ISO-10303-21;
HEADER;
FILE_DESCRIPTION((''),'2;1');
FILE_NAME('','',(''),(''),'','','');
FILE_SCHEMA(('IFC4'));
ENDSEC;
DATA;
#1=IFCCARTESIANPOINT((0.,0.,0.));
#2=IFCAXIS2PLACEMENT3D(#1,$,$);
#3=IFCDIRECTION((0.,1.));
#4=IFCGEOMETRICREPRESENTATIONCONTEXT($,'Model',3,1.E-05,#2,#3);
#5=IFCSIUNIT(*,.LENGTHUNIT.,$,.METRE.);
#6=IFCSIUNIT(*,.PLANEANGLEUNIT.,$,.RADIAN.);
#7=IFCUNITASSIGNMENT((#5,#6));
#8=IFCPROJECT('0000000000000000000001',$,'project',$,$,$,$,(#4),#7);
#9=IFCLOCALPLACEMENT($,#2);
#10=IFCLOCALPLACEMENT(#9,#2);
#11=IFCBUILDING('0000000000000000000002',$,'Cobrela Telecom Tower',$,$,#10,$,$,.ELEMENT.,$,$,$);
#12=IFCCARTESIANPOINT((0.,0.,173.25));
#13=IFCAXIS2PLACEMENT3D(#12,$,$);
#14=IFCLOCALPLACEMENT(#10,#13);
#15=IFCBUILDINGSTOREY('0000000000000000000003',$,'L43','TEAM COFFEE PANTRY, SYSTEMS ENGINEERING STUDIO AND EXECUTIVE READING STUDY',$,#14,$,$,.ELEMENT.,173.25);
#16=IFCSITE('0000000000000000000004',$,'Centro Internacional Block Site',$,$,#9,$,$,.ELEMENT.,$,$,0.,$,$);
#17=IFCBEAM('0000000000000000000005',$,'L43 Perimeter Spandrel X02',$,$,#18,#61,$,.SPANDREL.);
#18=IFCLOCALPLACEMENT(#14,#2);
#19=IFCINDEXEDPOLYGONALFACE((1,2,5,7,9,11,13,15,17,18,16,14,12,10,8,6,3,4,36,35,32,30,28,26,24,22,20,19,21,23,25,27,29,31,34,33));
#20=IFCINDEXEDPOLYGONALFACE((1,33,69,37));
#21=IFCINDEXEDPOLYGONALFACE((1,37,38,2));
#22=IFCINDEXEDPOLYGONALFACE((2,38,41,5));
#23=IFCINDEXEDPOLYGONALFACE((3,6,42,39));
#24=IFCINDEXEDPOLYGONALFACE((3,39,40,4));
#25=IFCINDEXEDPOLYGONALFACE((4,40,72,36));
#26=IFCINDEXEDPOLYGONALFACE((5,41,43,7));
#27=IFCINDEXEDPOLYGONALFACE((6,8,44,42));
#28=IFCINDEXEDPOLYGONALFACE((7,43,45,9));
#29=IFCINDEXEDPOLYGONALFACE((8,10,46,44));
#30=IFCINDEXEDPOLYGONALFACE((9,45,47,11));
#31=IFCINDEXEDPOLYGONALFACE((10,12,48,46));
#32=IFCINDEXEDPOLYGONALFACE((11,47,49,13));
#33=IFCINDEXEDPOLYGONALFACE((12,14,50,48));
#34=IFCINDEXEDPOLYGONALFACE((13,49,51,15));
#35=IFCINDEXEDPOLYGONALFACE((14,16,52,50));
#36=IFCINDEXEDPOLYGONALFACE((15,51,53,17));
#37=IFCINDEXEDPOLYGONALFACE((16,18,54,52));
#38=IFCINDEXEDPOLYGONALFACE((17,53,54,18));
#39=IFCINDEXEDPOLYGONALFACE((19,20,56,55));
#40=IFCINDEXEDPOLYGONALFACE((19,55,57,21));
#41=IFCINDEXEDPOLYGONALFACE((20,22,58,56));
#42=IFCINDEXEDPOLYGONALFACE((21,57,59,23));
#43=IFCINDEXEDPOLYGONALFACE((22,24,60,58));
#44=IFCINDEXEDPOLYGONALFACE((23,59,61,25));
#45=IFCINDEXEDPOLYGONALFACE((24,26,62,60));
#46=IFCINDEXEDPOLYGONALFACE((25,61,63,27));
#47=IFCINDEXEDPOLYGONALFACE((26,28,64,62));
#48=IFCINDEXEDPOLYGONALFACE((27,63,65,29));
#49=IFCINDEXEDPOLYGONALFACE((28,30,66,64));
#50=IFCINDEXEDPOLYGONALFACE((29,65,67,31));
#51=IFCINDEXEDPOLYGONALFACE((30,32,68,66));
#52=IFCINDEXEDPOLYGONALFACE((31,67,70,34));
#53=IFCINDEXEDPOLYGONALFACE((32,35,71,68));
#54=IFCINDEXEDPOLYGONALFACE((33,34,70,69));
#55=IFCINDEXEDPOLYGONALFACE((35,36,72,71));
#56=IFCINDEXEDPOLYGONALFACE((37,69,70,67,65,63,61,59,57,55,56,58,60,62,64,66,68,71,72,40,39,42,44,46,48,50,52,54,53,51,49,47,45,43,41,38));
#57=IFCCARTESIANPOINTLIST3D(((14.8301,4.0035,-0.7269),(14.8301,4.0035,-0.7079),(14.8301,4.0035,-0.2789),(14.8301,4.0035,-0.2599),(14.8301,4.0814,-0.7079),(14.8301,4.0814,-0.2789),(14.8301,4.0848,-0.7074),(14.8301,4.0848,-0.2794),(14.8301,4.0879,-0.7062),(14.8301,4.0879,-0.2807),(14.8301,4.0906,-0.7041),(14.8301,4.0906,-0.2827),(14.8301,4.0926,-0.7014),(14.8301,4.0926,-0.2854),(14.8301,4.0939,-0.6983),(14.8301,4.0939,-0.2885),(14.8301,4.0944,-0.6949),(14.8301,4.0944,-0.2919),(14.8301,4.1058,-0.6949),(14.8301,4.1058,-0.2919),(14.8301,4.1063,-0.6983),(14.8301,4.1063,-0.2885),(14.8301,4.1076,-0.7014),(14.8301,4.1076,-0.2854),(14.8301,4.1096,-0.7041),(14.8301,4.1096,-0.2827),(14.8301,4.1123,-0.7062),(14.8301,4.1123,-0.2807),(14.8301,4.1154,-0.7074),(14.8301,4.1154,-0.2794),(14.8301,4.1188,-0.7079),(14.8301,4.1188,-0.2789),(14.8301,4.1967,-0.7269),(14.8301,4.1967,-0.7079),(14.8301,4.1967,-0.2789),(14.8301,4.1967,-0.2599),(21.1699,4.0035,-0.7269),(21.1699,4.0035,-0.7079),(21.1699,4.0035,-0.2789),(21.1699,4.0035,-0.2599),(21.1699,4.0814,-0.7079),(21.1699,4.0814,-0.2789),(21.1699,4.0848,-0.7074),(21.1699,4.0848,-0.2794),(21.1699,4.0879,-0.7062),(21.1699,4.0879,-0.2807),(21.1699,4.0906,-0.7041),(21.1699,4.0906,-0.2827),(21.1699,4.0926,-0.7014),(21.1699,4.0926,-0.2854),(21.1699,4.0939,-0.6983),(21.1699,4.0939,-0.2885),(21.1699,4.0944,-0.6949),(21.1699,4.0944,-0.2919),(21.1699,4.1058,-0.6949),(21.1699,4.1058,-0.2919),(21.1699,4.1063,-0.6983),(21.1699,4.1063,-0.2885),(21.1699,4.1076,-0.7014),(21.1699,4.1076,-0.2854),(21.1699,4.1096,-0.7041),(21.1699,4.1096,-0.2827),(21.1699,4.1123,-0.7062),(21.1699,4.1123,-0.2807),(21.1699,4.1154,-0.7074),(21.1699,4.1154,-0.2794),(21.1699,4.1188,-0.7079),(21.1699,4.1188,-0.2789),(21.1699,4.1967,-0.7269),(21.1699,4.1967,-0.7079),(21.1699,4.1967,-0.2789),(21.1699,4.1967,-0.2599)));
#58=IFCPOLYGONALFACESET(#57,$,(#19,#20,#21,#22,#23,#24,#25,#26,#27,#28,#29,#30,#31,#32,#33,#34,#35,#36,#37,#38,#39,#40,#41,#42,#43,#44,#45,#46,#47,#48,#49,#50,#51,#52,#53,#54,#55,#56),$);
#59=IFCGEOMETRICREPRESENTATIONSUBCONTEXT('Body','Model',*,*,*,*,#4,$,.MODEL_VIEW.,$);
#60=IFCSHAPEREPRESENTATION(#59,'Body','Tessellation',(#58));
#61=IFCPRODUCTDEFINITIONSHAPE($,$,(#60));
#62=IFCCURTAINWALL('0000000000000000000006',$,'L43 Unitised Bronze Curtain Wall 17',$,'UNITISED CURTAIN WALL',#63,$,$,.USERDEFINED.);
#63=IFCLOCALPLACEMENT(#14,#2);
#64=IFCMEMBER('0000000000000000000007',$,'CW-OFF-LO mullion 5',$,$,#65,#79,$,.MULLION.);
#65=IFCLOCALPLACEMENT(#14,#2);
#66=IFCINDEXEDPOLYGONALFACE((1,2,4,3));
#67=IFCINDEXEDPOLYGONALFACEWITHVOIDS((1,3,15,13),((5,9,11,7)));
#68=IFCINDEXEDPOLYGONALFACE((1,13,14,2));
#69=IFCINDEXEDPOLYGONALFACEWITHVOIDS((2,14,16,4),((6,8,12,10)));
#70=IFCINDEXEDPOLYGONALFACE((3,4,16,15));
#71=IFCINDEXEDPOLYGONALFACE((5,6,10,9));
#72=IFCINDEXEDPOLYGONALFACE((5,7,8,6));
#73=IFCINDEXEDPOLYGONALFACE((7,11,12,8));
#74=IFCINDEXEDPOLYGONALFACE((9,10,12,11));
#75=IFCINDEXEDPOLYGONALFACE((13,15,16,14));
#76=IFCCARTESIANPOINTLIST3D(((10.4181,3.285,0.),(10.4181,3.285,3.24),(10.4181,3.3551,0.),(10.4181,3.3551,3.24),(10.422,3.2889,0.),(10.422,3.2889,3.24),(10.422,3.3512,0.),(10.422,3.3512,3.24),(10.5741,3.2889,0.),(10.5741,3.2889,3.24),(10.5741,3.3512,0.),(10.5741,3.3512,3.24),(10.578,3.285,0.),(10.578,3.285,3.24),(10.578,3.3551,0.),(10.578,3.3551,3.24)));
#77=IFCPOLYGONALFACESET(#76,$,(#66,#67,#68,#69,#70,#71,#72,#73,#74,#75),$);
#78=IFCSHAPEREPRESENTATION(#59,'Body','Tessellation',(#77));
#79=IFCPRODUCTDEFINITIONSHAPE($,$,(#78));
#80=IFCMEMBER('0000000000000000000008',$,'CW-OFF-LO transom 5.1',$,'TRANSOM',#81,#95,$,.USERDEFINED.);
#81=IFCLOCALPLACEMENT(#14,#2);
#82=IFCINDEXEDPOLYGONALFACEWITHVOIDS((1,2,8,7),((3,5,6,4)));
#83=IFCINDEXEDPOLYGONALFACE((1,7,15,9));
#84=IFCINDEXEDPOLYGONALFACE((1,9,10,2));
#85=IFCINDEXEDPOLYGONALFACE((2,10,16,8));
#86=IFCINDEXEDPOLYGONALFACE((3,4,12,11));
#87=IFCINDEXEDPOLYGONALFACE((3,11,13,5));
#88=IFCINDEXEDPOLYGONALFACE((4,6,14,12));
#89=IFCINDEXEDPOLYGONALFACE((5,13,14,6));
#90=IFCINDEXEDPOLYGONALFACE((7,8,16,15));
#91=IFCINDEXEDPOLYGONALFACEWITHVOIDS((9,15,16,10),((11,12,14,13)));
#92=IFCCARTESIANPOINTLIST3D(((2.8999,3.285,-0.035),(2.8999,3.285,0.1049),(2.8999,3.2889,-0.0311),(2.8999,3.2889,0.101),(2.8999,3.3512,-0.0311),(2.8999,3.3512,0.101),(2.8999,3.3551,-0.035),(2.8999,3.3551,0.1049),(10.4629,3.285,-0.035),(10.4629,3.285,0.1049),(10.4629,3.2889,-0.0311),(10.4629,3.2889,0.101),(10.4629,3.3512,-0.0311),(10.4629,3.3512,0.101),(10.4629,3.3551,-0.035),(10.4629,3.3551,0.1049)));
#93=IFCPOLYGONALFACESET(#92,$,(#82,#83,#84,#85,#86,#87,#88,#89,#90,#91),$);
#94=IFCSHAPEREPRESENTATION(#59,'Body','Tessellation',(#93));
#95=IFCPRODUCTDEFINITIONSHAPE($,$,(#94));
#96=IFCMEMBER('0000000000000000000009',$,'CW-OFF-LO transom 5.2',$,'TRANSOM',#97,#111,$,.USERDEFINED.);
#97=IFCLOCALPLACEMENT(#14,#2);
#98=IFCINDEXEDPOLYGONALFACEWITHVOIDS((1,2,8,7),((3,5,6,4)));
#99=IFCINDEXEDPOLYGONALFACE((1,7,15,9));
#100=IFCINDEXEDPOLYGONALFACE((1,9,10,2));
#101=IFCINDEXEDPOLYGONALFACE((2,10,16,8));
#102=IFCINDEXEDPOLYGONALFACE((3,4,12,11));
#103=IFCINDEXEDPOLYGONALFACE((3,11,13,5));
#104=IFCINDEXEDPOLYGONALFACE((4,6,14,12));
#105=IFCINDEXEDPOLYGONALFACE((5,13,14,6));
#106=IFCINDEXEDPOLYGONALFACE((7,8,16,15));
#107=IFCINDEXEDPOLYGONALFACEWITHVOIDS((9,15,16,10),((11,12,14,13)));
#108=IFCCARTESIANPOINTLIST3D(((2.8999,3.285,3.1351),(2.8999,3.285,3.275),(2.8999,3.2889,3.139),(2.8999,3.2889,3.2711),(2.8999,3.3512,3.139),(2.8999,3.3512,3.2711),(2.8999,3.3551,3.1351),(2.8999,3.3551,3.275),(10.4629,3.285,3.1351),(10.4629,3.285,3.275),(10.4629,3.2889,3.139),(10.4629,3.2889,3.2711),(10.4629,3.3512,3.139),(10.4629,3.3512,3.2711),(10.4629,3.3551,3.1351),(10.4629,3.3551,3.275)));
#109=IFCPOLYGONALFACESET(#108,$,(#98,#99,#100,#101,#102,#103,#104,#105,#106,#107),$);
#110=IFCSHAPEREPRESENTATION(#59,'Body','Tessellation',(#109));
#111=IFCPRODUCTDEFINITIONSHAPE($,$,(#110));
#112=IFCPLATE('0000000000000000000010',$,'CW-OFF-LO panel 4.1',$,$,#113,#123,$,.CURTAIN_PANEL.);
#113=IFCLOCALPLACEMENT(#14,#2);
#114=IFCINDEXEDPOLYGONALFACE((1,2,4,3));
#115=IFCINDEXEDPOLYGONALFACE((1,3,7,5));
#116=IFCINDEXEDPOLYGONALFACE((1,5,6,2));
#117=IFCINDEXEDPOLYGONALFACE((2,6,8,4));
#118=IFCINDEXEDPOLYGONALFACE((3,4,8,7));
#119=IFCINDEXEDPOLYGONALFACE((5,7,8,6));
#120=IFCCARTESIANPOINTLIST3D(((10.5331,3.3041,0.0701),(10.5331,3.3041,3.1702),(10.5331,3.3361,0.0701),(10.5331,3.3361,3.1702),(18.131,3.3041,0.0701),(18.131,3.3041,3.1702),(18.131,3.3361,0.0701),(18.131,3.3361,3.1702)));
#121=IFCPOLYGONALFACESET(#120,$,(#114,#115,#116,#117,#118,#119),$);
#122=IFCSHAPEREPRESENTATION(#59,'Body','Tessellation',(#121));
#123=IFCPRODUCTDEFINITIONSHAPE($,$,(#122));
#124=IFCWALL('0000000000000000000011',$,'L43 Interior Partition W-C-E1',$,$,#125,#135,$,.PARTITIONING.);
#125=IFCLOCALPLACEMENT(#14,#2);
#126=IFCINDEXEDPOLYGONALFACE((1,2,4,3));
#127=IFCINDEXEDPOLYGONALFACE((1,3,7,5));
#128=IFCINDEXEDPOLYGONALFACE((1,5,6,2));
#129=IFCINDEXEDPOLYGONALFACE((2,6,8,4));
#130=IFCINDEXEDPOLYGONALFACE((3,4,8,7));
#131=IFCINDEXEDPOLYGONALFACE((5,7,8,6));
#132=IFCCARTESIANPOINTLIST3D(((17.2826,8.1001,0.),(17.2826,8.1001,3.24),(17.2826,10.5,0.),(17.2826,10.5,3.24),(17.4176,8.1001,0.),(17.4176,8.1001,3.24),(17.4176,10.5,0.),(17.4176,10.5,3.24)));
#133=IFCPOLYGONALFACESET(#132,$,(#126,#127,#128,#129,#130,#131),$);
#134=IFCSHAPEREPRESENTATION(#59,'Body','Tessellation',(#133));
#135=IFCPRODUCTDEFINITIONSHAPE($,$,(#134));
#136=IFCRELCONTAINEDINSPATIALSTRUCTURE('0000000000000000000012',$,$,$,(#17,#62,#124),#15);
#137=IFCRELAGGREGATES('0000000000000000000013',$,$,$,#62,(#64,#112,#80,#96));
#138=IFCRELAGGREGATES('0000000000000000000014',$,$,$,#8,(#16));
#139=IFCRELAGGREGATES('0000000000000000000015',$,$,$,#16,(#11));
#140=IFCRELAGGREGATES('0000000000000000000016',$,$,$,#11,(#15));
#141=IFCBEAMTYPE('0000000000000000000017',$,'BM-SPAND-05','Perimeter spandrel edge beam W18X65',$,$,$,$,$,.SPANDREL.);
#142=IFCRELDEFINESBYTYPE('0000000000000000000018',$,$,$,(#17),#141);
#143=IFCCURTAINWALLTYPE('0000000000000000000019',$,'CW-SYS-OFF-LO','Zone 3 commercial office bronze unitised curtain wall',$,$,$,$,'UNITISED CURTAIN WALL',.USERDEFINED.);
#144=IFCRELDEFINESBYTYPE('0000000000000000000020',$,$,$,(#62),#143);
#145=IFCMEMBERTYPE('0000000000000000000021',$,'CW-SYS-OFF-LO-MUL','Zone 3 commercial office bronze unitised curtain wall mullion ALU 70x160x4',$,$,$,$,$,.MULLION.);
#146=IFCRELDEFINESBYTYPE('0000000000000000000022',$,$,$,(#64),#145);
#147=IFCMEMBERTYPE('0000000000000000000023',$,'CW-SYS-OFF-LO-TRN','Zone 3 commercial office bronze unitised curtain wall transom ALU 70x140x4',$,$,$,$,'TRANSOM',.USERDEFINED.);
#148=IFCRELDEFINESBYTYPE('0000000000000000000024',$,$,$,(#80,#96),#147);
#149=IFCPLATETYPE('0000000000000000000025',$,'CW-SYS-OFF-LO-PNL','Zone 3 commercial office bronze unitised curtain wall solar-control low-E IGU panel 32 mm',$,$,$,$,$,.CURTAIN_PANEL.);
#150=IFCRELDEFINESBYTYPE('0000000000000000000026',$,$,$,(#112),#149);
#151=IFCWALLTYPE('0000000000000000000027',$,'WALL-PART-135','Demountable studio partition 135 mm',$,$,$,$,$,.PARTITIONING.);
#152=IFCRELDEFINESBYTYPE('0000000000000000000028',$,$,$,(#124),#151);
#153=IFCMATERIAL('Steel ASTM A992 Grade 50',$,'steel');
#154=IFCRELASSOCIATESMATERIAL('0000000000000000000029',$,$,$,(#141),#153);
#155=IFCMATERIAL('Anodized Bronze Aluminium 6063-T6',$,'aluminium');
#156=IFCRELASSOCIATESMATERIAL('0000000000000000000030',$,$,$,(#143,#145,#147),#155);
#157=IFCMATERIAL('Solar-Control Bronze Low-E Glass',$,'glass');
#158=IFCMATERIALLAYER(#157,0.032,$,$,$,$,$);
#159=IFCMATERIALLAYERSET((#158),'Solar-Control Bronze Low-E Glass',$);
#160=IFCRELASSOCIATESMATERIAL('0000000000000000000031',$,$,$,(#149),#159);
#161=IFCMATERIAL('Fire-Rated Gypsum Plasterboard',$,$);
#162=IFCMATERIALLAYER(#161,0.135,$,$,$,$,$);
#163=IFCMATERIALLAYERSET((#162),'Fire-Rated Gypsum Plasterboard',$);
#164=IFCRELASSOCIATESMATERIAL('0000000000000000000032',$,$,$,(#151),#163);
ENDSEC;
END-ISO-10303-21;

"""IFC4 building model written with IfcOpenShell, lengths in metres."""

from ifc_helpers import new_model, si_unit, direction, frame, frame_2d, origin, origin_2d, place, context, subcontext, project, spatial, rectangle, hollow_rectangle, i_section, extrude, material, layer, layer_set, material_profile, profile_set, type_object, element, aggregate, save


model = new_model("IFC4")

# Units and contexts
model_context = context("Model", 3, precision=1e-05, world=origin(), true_north=direction((0.0, 1.0)))
body_context = subcontext(model_context, "Body", "Model", "MODEL_VIEW")
ifc_project = project(units=[si_unit("LENGTHUNIT", "METRE"), si_unit("PLANEANGLEUNIT", "RADIAN")], contexts=[model_context])

# Site, building, storey
site_placement = place(None, origin())
site = spatial("IfcSite", under=ifc_project, at=site_placement, Name="Centro Internacional Block Site", CompositionType="ELEMENT", RefElevation=0.0)
building_placement = place(site_placement, origin())
building = spatial("IfcBuilding", under=site, at=building_placement, Name="Cobrela Telecom Tower", CompositionType="ELEMENT")
storey_placement = place(building_placement, frame((0.0, 0.0, 173.25)))
storey = spatial("IfcBuildingStorey", under=building, at=storey_placement, Name="L43", Description="TEAM COFFEE PANTRY, SYSTEMS ENGINEERING STUDIO AND EXECUTIVE READING STUDY", CompositionType="ELEMENT", Elevation=173.25)

# Beam
ifc_material_1 = material(Name="Steel ASTM A992 Grade 50", Category="steel")
ifc_material_profile_1 = material_profile(ifc_material_1, i_section(OverallWidth=0.1931, OverallDepth=0.467, WebThickness=0.0115, FlangeThickness=0.019, FilletRadius=0.0129, at=origin_2d()), Name="W18X65")
ifc_profile_set_1 = profile_set([ifc_material_profile_1], Name="Steel ASTM A992 Grade 50")
beam_type_1 = type_object("IfcBeamType", Name="BM-SPAND-05", Description="Perimeter spandrel edge beam W18X65", PredefinedType="SPANDREL", material=ifc_profile_set_1)
beam_1_placement = place(storey_placement, frame((14.8301, 4.1001, -0.4934), z_axis=(1.0, 0.0, 0.0), x_axis=(0.0, 1.0, 0.0)))
element("IfcBeam", 1, at=beam_1_placement, inside=storey, type_object=beam_type_1, Name="L43 Perimeter Spandrel X02", PredefinedType="SPANDREL", context=body_context, shape_type="SweptSolid", body=[
    extrude(i_section(OverallWidth=0.1931, OverallDepth=0.467, WebThickness=0.0115, FlangeThickness=0.019, FilletRadius=0.0129, at=origin_2d()), origin(), (0.0, 0.0, 1.0), 6.3398),
])

# Curtain wall, members, plate
ifc_material_2 = material(Name="Anodized Bronze Aluminium 6063-T6", Category="aluminium")
curtain_wall_type = type_object("IfcCurtainWallType", Name="CW-SYS-OFF-LO", Description="Zone 3 commercial office bronze unitised curtain wall", ElementType="UNITISED CURTAIN WALL", PredefinedType="USERDEFINED", material=ifc_material_2)
curtain_wall_placement = place(storey_placement, origin())
curtain_wall = element("IfcCurtainWall", 2, at=curtain_wall_placement, inside=storey, type_object=curtain_wall_type, Name="L43 Unitised Bronze Curtain Wall 17", ObjectType="UNITISED CURTAIN WALL", PredefinedType="USERDEFINED")
ifc_material_profile_2 = material_profile(ifc_material_2, hollow_rectangle(XDim=0.0701, YDim=0.1599, WallThickness=0.0039, at=origin_2d()), Name="ALU 70x160x4")
ifc_profile_set_2 = profile_set([ifc_material_profile_2], Name="Anodized Bronze Aluminium 6063-T6")
member_type_1 = type_object("IfcMemberType", Name="CW-SYS-OFF-LO-MUL", Description="Zone 3 commercial office bronze unitised curtain wall mullion ALU 70x160x4", PredefinedType="MULLION", material=ifc_profile_set_2)
member_1_placement = place(storey_placement, frame((10.498, 3.3201, 0.0), z_axis=(0.0, 0.0, 1.0), x_axis=(0.0, -1.0, 0.0)))
member_1 = element("IfcMember", 3, at=member_1_placement, type_object=member_type_1, Name="CW-OFF-LO mullion 5", PredefinedType="MULLION", context=body_context, shape_type="SweptSolid", body=[
    extrude(hollow_rectangle(XDim=0.0701, YDim=0.1599, WallThickness=0.0039, at=origin_2d()), origin(), (0.0, 0.0, 1.0), 3.24),
])
ifc_material_profile_3 = material_profile(ifc_material_2, hollow_rectangle(XDim=0.0701, YDim=0.1399, WallThickness=0.0039, at=origin_2d()), Name="ALU 70x140x4")
ifc_profile_set_3 = profile_set([ifc_material_profile_3], Name="Anodized Bronze Aluminium 6063-T6")
member_type_2 = type_object("IfcMemberType", Name="CW-SYS-OFF-LO-TRN", Description="Zone 3 commercial office bronze unitised curtain wall transom ALU 70x140x4", ElementType="TRANSOM", PredefinedType="USERDEFINED", material=ifc_profile_set_3)
member_2_placement = place(storey_placement, frame((10.4629, 3.3201, 0.0349), z_axis=(-1.0, 0.0, 0.0), x_axis=(0.0, -1.0, 0.0)))
member_2 = element("IfcMember", 4, at=member_2_placement, type_object=member_type_2, Name="CW-OFF-LO transom 5.1", ObjectType="TRANSOM", PredefinedType="USERDEFINED", context=body_context, shape_type="SweptSolid", body=[
    extrude(hollow_rectangle(XDim=0.0701, YDim=0.1399, WallThickness=0.0039, at=origin_2d()), origin(), (0.0, 0.0, 1.0), 7.563),
])
member_3_placement = place(storey_placement, frame((10.4629, 3.3201, 3.2051), z_axis=(-1.0, 0.0, 0.0), x_axis=(0.0, -1.0, 0.0)))
member_3 = element("IfcMember", 5, at=member_3_placement, type_object=member_type_2, Name="CW-OFF-LO transom 5.2", ObjectType="TRANSOM", PredefinedType="USERDEFINED", context=body_context, shape_type="SweptSolid", body=[
    extrude(hollow_rectangle(XDim=0.0701, YDim=0.1399, WallThickness=0.0039, at=origin_2d()), origin(), (0.0, 0.0, 1.0), 7.563),
])
ifc_material_3 = material(Name="Solar-Control Bronze Low-E Glass", Category="glass")
ifc_layer_1 = layer(ifc_material_3, 0.032)
ifc_layer_set_1 = layer_set([ifc_layer_1], Name="Solar-Control Bronze Low-E Glass")
plate_type = type_object("IfcPlateType", Name="CW-SYS-OFF-LO-PNL", Description="Zone 3 commercial office bronze unitised curtain wall solar-control low-E IGU panel 32 mm", PredefinedType="CURTAIN_PANEL", material=ifc_layer_set_1)
plate_placement = place(storey_placement, frame((14.332, 3.3201, 0.0701), z_axis=(0.0, 0.0, 1.0), x_axis=(-1.0, 0.0, 0.0)))
plate = element("IfcPlate", 6, at=plate_placement, type_object=plate_type, Name="CW-OFF-LO panel 4.1", PredefinedType="CURTAIN_PANEL", context=body_context, shape_type="SweptSolid", body=[
    extrude(rectangle(XDim=7.5979, YDim=0.032, at=origin_2d()), origin(), (0.0, 0.0, 1.0), 3.1001),
])
aggregate(curtain_wall, [member_1, plate, member_2, member_3])

# Wall
ifc_material_4 = material(Name="Fire-Rated Gypsum Plasterboard")
ifc_layer_2 = layer(ifc_material_4, 0.135)
ifc_layer_set_2 = layer_set([ifc_layer_2], Name="Fire-Rated Gypsum Plasterboard")
wall_type_1 = type_object("IfcWallType", Name="WALL-PART-135", Description="Demountable studio partition 135 mm", PredefinedType="PARTITIONING", material=ifc_layer_set_2)
wall_1_placement = place(storey_placement, frame((17.3501, 8.1001, 0.0), z_axis=(0.0, 0.0, 1.0), x_axis=(0.0, 1.0, 0.0)))
element("IfcWall", 7, at=wall_1_placement, inside=storey, type_object=wall_type_1, Name="L43 Interior Partition W-C-E1", PredefinedType="PARTITIONING", context=body_context, shape_type="SweptSolid", body=[
    extrude(rectangle(XDim=2.3999, YDim=0.135, at=frame_2d((1.2, 0.0))), origin(), (0.0, 0.0, 1.0), 3.24),
])

save(model, "model.ifc")
